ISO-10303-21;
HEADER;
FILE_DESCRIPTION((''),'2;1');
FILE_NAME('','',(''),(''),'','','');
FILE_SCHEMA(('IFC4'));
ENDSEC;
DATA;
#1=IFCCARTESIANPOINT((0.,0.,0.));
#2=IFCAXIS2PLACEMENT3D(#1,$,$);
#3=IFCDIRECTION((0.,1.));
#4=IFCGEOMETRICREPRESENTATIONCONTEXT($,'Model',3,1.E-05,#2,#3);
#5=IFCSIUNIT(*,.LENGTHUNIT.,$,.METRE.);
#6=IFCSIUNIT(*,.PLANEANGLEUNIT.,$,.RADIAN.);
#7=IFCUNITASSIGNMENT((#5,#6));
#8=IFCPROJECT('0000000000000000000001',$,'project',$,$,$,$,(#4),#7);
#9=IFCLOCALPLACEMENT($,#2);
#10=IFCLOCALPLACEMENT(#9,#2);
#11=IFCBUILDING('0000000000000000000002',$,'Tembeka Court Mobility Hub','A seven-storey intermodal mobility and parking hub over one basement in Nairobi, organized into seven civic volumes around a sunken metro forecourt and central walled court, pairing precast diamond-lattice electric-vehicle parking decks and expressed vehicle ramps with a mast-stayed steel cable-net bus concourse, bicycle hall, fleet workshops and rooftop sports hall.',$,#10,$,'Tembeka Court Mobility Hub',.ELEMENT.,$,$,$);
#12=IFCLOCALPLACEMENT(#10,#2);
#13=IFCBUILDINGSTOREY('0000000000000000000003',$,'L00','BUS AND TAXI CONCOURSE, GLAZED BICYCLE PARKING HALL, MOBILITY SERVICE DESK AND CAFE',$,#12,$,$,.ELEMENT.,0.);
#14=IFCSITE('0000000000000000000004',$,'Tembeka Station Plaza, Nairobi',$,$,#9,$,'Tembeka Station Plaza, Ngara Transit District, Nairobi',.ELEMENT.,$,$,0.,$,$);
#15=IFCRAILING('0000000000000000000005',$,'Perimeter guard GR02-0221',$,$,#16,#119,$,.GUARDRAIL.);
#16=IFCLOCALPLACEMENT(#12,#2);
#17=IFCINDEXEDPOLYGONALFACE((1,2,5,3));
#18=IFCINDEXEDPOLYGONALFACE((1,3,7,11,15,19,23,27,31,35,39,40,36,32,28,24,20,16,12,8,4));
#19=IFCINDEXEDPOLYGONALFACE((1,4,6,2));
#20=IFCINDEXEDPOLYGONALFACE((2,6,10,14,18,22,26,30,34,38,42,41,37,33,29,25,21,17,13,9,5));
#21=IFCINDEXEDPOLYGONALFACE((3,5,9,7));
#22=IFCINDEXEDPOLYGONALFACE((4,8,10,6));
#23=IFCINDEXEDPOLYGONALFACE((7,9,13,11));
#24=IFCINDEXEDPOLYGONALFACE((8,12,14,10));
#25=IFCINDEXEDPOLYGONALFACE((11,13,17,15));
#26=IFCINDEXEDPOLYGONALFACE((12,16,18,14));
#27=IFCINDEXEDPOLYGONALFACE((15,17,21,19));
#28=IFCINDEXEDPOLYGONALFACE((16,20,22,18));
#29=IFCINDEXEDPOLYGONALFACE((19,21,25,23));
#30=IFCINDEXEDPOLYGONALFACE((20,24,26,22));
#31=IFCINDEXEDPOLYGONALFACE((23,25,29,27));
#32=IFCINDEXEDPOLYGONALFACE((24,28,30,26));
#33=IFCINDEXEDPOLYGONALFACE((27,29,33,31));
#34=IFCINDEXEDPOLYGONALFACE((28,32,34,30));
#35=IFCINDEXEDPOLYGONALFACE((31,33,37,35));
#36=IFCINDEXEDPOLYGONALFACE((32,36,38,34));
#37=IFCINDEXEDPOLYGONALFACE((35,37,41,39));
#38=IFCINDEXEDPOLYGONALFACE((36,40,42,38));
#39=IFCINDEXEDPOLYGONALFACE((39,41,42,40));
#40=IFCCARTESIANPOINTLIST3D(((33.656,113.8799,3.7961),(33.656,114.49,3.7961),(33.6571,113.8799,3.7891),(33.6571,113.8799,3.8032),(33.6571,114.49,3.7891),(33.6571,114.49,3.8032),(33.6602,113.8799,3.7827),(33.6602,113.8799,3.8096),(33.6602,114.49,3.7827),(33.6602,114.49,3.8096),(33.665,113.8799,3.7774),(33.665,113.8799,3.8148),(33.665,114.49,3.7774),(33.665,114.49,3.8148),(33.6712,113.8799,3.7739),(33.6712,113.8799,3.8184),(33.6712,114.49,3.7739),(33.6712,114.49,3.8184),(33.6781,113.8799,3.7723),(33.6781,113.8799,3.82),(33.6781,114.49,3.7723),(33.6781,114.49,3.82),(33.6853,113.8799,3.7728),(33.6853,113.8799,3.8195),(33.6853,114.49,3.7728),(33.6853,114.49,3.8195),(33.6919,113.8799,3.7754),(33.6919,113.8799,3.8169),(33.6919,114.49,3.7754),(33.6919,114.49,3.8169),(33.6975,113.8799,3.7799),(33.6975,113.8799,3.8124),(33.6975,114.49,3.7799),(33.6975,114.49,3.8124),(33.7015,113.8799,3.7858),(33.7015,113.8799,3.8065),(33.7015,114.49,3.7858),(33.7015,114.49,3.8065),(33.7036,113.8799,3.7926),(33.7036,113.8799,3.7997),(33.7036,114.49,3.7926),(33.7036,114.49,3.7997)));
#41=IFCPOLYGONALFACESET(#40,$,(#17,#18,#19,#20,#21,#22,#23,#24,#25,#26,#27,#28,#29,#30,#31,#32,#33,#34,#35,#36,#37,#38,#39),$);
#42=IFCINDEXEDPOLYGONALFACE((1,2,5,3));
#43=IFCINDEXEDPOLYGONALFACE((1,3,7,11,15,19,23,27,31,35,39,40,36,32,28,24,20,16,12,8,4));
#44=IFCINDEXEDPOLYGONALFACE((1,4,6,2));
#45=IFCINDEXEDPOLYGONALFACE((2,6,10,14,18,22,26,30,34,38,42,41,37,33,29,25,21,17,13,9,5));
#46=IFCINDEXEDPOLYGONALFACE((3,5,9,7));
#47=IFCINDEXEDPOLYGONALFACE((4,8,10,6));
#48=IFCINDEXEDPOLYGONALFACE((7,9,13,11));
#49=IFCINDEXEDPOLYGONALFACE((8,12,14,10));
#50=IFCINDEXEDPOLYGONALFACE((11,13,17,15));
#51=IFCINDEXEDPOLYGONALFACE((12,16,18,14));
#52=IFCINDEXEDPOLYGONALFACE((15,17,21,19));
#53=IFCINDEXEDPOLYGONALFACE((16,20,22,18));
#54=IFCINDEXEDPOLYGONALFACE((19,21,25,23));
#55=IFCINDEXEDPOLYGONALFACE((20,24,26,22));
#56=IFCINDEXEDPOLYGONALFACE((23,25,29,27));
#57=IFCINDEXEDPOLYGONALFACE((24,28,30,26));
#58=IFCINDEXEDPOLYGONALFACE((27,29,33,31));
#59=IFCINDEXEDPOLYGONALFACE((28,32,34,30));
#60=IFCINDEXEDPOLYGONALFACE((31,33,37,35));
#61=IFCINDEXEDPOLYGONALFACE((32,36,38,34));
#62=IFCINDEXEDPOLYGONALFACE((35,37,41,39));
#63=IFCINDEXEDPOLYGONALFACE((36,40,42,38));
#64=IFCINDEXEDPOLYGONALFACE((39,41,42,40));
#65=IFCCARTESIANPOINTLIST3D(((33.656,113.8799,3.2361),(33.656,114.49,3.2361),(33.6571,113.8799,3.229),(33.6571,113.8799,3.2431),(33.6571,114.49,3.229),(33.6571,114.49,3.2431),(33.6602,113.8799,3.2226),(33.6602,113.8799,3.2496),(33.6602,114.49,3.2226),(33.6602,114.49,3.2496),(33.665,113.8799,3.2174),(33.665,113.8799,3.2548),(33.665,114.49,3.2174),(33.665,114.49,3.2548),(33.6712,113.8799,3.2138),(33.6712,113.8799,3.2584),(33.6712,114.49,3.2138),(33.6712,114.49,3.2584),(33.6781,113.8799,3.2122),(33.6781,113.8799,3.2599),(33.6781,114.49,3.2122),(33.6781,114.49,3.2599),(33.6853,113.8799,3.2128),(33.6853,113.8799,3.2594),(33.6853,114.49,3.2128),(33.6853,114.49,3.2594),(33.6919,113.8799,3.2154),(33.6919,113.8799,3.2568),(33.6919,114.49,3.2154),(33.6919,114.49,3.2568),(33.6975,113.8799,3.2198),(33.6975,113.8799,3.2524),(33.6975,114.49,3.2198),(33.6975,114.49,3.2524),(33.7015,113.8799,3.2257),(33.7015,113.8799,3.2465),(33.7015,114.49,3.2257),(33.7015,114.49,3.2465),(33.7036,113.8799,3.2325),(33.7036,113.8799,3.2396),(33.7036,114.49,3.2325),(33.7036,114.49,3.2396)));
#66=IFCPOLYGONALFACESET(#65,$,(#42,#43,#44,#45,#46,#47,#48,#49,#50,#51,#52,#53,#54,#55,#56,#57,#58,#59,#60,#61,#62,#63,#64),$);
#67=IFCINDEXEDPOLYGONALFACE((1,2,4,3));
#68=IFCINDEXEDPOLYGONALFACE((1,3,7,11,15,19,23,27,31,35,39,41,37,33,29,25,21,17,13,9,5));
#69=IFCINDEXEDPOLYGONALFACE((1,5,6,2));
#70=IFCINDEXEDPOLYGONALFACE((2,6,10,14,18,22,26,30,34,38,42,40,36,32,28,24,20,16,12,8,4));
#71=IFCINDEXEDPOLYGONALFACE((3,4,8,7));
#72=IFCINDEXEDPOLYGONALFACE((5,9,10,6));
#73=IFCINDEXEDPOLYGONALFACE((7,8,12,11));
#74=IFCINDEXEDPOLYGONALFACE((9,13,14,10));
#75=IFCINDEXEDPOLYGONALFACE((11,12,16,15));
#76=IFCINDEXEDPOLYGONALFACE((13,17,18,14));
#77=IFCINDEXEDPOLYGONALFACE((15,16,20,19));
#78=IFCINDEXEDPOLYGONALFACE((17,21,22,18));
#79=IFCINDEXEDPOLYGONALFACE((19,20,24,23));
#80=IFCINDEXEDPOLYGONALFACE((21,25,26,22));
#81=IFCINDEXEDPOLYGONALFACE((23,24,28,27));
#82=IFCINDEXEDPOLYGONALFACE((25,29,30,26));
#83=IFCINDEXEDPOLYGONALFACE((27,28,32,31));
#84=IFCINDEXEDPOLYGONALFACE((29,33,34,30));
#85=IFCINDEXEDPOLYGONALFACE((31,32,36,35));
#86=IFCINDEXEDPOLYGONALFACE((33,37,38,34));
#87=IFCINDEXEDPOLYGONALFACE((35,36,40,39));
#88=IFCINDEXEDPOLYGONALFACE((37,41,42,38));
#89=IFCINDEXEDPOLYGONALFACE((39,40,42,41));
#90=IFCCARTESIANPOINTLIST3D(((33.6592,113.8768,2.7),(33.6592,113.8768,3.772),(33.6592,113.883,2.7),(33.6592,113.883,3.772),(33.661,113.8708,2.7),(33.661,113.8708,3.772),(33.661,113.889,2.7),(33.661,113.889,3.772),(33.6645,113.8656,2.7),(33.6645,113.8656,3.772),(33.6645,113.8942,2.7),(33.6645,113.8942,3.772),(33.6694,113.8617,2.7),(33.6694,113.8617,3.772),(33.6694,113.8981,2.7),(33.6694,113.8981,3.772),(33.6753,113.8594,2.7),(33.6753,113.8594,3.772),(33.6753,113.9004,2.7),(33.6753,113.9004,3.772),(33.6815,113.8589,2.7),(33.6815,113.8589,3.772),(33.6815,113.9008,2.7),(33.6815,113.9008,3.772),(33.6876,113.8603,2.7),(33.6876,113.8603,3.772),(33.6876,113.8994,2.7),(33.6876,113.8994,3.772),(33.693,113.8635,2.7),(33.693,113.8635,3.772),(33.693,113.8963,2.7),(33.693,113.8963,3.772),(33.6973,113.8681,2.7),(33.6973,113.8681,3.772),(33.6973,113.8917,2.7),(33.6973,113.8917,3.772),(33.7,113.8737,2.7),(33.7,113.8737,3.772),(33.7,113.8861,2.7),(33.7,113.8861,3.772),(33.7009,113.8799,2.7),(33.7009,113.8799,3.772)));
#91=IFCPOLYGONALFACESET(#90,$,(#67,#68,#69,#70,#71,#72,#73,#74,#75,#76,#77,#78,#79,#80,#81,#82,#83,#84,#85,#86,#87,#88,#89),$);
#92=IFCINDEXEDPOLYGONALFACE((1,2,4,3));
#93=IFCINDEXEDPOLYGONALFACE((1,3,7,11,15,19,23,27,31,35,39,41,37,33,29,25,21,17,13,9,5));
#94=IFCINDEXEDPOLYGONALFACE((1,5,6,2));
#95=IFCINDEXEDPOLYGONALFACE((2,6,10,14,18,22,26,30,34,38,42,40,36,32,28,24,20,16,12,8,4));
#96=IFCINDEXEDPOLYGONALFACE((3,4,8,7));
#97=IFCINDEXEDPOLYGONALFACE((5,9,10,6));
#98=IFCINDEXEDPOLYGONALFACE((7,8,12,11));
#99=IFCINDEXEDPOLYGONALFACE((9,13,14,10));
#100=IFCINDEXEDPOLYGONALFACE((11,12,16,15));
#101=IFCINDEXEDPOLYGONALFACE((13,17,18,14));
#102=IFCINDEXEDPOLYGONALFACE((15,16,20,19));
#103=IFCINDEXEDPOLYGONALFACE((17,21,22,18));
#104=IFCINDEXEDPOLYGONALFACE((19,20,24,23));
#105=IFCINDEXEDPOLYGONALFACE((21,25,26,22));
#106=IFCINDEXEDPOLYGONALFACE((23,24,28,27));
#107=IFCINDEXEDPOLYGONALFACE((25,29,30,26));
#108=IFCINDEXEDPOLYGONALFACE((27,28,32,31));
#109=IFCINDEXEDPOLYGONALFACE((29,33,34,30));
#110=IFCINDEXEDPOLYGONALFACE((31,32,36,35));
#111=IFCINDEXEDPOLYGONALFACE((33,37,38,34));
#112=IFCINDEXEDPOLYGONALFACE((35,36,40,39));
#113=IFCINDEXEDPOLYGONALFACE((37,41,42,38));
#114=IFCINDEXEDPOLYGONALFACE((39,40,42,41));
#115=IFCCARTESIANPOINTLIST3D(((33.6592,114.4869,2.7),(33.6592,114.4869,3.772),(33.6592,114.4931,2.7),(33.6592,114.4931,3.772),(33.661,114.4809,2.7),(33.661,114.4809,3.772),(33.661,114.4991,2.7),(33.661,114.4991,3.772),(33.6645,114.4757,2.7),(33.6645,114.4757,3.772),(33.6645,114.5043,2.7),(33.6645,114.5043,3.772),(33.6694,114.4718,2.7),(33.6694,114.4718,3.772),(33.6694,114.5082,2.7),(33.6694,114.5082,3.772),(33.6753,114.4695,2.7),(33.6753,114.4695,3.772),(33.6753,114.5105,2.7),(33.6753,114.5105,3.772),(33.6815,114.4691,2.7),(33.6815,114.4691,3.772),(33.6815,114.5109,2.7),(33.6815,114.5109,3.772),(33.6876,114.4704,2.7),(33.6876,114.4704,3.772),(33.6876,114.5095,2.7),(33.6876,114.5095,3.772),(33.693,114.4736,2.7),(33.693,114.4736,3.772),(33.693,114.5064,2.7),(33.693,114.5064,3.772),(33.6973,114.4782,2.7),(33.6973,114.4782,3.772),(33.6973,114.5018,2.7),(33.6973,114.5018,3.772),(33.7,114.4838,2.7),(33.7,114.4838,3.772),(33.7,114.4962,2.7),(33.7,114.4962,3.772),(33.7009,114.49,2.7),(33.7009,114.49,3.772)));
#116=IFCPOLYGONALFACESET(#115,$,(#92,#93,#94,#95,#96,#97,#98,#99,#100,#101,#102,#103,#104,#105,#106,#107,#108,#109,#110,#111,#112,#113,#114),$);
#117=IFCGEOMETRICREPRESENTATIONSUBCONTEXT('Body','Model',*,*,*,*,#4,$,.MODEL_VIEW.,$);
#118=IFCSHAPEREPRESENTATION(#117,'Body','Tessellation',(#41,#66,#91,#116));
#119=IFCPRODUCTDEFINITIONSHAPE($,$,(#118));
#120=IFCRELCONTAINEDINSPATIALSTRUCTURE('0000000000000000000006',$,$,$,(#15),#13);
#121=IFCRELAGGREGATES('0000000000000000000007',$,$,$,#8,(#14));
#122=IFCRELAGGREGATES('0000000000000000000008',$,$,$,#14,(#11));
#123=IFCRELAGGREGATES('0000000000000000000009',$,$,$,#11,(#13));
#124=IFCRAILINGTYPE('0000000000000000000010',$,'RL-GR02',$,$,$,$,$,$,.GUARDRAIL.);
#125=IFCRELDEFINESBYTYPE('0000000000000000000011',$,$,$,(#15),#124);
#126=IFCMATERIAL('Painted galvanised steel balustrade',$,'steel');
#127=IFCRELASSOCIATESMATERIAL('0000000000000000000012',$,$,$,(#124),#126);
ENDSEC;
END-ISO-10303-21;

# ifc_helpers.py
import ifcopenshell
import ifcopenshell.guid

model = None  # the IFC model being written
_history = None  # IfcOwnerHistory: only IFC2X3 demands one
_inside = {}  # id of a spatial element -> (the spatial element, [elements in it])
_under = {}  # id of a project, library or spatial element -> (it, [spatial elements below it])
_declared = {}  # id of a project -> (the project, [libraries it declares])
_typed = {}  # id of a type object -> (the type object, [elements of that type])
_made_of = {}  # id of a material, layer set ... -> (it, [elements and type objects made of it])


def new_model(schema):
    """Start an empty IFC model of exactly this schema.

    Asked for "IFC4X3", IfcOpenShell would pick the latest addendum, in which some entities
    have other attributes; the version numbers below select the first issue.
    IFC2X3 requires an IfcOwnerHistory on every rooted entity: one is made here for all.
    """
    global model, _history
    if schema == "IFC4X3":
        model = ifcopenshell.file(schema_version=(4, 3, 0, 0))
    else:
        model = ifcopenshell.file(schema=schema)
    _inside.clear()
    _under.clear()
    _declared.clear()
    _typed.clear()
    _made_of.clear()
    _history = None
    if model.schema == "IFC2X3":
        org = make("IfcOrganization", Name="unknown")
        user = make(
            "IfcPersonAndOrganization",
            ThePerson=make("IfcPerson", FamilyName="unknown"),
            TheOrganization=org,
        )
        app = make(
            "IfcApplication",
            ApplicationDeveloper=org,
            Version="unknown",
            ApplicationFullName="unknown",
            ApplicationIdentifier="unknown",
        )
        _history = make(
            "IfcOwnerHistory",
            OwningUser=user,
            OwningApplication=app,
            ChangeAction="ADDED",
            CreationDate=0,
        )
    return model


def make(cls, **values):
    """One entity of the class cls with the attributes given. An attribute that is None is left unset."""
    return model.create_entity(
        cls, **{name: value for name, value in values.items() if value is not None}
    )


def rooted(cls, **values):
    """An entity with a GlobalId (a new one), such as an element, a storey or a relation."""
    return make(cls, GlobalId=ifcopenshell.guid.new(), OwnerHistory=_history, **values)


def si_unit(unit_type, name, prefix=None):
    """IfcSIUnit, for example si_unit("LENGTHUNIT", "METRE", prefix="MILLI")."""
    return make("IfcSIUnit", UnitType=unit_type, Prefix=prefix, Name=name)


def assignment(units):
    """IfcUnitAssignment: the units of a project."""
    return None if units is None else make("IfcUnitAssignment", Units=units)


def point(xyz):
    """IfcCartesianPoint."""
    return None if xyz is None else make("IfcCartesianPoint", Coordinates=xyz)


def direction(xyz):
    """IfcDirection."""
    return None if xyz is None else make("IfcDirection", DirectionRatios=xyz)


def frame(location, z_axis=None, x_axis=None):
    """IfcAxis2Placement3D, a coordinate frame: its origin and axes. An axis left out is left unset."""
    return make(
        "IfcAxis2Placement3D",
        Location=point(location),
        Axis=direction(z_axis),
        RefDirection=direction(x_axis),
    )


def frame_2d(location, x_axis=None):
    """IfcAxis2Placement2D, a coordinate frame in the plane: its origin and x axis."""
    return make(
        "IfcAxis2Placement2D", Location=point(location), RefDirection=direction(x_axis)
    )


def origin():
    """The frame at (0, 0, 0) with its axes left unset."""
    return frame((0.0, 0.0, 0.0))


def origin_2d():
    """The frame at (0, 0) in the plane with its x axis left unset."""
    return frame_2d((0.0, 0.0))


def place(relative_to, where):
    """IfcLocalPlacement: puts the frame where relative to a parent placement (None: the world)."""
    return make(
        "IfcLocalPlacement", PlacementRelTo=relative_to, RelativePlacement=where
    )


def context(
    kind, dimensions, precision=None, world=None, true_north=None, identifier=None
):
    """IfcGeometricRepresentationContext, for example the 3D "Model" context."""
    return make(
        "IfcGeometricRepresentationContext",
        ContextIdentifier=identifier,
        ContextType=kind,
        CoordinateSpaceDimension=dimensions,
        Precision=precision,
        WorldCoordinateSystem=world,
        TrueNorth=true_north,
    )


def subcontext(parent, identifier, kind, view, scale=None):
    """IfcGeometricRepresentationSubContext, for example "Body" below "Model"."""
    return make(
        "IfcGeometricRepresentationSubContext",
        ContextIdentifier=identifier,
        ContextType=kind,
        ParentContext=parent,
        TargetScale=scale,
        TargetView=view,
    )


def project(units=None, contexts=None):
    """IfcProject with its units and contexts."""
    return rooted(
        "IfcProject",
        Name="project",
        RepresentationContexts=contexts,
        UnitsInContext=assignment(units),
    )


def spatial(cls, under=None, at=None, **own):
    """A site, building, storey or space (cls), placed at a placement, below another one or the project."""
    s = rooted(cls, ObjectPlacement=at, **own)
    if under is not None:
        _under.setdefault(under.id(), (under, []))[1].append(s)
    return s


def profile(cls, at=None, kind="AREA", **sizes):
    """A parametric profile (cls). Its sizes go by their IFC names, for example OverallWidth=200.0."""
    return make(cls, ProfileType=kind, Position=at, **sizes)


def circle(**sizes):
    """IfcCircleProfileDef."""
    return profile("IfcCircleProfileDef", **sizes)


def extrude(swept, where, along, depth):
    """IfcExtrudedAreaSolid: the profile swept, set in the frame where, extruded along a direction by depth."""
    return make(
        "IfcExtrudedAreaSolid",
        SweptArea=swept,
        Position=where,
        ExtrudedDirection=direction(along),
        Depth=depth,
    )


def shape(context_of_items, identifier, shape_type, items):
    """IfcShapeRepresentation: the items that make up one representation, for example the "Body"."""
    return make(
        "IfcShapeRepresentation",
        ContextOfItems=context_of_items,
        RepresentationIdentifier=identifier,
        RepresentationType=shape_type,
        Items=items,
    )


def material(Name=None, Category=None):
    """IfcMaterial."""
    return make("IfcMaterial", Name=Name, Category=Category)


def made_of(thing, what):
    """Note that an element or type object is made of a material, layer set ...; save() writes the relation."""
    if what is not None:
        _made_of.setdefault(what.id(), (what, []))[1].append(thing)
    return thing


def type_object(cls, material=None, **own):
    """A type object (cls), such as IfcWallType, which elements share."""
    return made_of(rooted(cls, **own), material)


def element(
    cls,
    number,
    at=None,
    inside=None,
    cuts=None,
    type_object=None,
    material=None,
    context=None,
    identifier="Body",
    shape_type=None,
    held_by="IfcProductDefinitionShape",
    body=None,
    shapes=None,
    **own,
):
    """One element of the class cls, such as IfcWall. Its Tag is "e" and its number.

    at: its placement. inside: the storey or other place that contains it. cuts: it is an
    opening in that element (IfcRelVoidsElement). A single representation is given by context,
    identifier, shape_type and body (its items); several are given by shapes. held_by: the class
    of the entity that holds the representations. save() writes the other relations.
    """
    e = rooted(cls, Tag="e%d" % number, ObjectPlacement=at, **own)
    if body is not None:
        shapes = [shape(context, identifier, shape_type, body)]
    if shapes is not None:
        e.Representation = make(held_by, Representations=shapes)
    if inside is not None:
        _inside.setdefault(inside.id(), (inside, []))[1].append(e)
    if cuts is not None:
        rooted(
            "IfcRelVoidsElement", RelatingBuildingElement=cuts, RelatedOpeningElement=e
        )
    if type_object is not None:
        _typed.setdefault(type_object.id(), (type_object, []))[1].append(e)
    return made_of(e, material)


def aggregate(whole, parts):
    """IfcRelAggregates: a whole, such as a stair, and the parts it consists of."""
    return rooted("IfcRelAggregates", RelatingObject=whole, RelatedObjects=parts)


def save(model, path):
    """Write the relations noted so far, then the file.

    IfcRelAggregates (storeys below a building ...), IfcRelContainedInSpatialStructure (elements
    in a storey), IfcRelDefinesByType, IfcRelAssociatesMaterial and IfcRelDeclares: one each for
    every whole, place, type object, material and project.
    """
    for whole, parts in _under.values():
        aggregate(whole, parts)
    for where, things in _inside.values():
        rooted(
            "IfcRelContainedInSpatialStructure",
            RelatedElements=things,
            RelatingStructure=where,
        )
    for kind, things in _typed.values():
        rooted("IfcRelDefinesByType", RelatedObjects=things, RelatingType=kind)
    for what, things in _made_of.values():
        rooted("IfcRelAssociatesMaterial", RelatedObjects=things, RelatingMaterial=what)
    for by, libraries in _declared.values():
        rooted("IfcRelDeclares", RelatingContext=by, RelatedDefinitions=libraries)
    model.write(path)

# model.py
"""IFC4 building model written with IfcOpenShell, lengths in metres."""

from ifc_helpers import new_model, si_unit, direction, frame, origin, origin_2d, place, context, subcontext, project, spatial, circle, extrude, material, type_object, element, save


model = new_model("IFC4")

# Units and contexts
model_context = context("Model", 3, precision=1e-05, world=origin(), true_north=direction((0.0, 1.0)))
body_context = subcontext(model_context, "Body", "Model", "MODEL_VIEW")
ifc_project = project(units=[si_unit("LENGTHUNIT", "METRE"), si_unit("PLANEANGLEUNIT", "RADIAN")], contexts=[model_context])

# Site, building, storey
site_placement = place(None, origin())
site = spatial("IfcSite", under=ifc_project, at=site_placement, Name="Tembeka Station Plaza, Nairobi", LongName="Tembeka Station Plaza, Ngara Transit District, Nairobi", CompositionType="ELEMENT", RefElevation=0.0)
building_placement = place(site_placement, origin())
building = spatial("IfcBuilding", under=site, at=building_placement, Name="Tembeka Court Mobility Hub", Description="A seven-storey intermodal mobility and parking hub over one basement in Nairobi, organized into seven civic volumes around a sunken metro forecourt and central walled court, pairing precast diamond-lattice electric-vehicle parking decks and expressed vehicle ramps with a mast-stayed steel cable-net bus concourse, bicycle hall, fleet workshops and rooftop sports hall.", LongName="Tembeka Court Mobility Hub", CompositionType="ELEMENT")
storey_placement = place(building_placement, origin())
storey = spatial("IfcBuildingStorey", under=building, at=storey_placement, Name="L00", Description="BUS AND TAXI CONCOURSE, GLAZED BICYCLE PARKING HALL, MOBILITY SERVICE DESK AND CAFE", CompositionType="ELEMENT", Elevation=0.0)

# Railing
ifc_material_1 = material(Name="Painted galvanised steel balustrade", Category="steel")
railing_type = type_object("IfcRailingType", Name="RL-GR02", PredefinedType="GUARDRAIL", material=ifc_material_1)
railing_1_placement = place(storey_placement, frame((33.6799, 113.8799, 2.7)))
element("IfcRailing", 1, at=railing_1_placement, inside=storey, type_object=railing_type, Name="Perimeter guard GR02-0221", PredefinedType="GUARDRAIL", context=body_context, shape_type="SweptSolid", body=[
    extrude(circle(Radius=0.0239, at=origin_2d()), frame((0.0, 0.0, 1.0962), z_axis=(0.0, 1.0, 0.0), x_axis=(-1.0, 0.0, 0.0)), (0.0, 0.0, 1.0), 0.6101),
    extrude(circle(Radius=0.0239, at=origin_2d()), frame((0.0, 0.0, 0.5361), z_axis=(0.0, 1.0, 0.0), x_axis=(-1.0, 0.0, 0.0)), (0.0, 0.0, 1.0), 0.6101),
    extrude(circle(Radius=0.021, at=origin_2d()), origin(), (0.0, 0.0, 1.0), 1.072),
    extrude(circle(Radius=0.021, at=origin_2d()), frame((0.0, 0.6101, 0.0)), (0.0, 0.0, 1.0), 1.072),
])

save(model, "model.ifc")
